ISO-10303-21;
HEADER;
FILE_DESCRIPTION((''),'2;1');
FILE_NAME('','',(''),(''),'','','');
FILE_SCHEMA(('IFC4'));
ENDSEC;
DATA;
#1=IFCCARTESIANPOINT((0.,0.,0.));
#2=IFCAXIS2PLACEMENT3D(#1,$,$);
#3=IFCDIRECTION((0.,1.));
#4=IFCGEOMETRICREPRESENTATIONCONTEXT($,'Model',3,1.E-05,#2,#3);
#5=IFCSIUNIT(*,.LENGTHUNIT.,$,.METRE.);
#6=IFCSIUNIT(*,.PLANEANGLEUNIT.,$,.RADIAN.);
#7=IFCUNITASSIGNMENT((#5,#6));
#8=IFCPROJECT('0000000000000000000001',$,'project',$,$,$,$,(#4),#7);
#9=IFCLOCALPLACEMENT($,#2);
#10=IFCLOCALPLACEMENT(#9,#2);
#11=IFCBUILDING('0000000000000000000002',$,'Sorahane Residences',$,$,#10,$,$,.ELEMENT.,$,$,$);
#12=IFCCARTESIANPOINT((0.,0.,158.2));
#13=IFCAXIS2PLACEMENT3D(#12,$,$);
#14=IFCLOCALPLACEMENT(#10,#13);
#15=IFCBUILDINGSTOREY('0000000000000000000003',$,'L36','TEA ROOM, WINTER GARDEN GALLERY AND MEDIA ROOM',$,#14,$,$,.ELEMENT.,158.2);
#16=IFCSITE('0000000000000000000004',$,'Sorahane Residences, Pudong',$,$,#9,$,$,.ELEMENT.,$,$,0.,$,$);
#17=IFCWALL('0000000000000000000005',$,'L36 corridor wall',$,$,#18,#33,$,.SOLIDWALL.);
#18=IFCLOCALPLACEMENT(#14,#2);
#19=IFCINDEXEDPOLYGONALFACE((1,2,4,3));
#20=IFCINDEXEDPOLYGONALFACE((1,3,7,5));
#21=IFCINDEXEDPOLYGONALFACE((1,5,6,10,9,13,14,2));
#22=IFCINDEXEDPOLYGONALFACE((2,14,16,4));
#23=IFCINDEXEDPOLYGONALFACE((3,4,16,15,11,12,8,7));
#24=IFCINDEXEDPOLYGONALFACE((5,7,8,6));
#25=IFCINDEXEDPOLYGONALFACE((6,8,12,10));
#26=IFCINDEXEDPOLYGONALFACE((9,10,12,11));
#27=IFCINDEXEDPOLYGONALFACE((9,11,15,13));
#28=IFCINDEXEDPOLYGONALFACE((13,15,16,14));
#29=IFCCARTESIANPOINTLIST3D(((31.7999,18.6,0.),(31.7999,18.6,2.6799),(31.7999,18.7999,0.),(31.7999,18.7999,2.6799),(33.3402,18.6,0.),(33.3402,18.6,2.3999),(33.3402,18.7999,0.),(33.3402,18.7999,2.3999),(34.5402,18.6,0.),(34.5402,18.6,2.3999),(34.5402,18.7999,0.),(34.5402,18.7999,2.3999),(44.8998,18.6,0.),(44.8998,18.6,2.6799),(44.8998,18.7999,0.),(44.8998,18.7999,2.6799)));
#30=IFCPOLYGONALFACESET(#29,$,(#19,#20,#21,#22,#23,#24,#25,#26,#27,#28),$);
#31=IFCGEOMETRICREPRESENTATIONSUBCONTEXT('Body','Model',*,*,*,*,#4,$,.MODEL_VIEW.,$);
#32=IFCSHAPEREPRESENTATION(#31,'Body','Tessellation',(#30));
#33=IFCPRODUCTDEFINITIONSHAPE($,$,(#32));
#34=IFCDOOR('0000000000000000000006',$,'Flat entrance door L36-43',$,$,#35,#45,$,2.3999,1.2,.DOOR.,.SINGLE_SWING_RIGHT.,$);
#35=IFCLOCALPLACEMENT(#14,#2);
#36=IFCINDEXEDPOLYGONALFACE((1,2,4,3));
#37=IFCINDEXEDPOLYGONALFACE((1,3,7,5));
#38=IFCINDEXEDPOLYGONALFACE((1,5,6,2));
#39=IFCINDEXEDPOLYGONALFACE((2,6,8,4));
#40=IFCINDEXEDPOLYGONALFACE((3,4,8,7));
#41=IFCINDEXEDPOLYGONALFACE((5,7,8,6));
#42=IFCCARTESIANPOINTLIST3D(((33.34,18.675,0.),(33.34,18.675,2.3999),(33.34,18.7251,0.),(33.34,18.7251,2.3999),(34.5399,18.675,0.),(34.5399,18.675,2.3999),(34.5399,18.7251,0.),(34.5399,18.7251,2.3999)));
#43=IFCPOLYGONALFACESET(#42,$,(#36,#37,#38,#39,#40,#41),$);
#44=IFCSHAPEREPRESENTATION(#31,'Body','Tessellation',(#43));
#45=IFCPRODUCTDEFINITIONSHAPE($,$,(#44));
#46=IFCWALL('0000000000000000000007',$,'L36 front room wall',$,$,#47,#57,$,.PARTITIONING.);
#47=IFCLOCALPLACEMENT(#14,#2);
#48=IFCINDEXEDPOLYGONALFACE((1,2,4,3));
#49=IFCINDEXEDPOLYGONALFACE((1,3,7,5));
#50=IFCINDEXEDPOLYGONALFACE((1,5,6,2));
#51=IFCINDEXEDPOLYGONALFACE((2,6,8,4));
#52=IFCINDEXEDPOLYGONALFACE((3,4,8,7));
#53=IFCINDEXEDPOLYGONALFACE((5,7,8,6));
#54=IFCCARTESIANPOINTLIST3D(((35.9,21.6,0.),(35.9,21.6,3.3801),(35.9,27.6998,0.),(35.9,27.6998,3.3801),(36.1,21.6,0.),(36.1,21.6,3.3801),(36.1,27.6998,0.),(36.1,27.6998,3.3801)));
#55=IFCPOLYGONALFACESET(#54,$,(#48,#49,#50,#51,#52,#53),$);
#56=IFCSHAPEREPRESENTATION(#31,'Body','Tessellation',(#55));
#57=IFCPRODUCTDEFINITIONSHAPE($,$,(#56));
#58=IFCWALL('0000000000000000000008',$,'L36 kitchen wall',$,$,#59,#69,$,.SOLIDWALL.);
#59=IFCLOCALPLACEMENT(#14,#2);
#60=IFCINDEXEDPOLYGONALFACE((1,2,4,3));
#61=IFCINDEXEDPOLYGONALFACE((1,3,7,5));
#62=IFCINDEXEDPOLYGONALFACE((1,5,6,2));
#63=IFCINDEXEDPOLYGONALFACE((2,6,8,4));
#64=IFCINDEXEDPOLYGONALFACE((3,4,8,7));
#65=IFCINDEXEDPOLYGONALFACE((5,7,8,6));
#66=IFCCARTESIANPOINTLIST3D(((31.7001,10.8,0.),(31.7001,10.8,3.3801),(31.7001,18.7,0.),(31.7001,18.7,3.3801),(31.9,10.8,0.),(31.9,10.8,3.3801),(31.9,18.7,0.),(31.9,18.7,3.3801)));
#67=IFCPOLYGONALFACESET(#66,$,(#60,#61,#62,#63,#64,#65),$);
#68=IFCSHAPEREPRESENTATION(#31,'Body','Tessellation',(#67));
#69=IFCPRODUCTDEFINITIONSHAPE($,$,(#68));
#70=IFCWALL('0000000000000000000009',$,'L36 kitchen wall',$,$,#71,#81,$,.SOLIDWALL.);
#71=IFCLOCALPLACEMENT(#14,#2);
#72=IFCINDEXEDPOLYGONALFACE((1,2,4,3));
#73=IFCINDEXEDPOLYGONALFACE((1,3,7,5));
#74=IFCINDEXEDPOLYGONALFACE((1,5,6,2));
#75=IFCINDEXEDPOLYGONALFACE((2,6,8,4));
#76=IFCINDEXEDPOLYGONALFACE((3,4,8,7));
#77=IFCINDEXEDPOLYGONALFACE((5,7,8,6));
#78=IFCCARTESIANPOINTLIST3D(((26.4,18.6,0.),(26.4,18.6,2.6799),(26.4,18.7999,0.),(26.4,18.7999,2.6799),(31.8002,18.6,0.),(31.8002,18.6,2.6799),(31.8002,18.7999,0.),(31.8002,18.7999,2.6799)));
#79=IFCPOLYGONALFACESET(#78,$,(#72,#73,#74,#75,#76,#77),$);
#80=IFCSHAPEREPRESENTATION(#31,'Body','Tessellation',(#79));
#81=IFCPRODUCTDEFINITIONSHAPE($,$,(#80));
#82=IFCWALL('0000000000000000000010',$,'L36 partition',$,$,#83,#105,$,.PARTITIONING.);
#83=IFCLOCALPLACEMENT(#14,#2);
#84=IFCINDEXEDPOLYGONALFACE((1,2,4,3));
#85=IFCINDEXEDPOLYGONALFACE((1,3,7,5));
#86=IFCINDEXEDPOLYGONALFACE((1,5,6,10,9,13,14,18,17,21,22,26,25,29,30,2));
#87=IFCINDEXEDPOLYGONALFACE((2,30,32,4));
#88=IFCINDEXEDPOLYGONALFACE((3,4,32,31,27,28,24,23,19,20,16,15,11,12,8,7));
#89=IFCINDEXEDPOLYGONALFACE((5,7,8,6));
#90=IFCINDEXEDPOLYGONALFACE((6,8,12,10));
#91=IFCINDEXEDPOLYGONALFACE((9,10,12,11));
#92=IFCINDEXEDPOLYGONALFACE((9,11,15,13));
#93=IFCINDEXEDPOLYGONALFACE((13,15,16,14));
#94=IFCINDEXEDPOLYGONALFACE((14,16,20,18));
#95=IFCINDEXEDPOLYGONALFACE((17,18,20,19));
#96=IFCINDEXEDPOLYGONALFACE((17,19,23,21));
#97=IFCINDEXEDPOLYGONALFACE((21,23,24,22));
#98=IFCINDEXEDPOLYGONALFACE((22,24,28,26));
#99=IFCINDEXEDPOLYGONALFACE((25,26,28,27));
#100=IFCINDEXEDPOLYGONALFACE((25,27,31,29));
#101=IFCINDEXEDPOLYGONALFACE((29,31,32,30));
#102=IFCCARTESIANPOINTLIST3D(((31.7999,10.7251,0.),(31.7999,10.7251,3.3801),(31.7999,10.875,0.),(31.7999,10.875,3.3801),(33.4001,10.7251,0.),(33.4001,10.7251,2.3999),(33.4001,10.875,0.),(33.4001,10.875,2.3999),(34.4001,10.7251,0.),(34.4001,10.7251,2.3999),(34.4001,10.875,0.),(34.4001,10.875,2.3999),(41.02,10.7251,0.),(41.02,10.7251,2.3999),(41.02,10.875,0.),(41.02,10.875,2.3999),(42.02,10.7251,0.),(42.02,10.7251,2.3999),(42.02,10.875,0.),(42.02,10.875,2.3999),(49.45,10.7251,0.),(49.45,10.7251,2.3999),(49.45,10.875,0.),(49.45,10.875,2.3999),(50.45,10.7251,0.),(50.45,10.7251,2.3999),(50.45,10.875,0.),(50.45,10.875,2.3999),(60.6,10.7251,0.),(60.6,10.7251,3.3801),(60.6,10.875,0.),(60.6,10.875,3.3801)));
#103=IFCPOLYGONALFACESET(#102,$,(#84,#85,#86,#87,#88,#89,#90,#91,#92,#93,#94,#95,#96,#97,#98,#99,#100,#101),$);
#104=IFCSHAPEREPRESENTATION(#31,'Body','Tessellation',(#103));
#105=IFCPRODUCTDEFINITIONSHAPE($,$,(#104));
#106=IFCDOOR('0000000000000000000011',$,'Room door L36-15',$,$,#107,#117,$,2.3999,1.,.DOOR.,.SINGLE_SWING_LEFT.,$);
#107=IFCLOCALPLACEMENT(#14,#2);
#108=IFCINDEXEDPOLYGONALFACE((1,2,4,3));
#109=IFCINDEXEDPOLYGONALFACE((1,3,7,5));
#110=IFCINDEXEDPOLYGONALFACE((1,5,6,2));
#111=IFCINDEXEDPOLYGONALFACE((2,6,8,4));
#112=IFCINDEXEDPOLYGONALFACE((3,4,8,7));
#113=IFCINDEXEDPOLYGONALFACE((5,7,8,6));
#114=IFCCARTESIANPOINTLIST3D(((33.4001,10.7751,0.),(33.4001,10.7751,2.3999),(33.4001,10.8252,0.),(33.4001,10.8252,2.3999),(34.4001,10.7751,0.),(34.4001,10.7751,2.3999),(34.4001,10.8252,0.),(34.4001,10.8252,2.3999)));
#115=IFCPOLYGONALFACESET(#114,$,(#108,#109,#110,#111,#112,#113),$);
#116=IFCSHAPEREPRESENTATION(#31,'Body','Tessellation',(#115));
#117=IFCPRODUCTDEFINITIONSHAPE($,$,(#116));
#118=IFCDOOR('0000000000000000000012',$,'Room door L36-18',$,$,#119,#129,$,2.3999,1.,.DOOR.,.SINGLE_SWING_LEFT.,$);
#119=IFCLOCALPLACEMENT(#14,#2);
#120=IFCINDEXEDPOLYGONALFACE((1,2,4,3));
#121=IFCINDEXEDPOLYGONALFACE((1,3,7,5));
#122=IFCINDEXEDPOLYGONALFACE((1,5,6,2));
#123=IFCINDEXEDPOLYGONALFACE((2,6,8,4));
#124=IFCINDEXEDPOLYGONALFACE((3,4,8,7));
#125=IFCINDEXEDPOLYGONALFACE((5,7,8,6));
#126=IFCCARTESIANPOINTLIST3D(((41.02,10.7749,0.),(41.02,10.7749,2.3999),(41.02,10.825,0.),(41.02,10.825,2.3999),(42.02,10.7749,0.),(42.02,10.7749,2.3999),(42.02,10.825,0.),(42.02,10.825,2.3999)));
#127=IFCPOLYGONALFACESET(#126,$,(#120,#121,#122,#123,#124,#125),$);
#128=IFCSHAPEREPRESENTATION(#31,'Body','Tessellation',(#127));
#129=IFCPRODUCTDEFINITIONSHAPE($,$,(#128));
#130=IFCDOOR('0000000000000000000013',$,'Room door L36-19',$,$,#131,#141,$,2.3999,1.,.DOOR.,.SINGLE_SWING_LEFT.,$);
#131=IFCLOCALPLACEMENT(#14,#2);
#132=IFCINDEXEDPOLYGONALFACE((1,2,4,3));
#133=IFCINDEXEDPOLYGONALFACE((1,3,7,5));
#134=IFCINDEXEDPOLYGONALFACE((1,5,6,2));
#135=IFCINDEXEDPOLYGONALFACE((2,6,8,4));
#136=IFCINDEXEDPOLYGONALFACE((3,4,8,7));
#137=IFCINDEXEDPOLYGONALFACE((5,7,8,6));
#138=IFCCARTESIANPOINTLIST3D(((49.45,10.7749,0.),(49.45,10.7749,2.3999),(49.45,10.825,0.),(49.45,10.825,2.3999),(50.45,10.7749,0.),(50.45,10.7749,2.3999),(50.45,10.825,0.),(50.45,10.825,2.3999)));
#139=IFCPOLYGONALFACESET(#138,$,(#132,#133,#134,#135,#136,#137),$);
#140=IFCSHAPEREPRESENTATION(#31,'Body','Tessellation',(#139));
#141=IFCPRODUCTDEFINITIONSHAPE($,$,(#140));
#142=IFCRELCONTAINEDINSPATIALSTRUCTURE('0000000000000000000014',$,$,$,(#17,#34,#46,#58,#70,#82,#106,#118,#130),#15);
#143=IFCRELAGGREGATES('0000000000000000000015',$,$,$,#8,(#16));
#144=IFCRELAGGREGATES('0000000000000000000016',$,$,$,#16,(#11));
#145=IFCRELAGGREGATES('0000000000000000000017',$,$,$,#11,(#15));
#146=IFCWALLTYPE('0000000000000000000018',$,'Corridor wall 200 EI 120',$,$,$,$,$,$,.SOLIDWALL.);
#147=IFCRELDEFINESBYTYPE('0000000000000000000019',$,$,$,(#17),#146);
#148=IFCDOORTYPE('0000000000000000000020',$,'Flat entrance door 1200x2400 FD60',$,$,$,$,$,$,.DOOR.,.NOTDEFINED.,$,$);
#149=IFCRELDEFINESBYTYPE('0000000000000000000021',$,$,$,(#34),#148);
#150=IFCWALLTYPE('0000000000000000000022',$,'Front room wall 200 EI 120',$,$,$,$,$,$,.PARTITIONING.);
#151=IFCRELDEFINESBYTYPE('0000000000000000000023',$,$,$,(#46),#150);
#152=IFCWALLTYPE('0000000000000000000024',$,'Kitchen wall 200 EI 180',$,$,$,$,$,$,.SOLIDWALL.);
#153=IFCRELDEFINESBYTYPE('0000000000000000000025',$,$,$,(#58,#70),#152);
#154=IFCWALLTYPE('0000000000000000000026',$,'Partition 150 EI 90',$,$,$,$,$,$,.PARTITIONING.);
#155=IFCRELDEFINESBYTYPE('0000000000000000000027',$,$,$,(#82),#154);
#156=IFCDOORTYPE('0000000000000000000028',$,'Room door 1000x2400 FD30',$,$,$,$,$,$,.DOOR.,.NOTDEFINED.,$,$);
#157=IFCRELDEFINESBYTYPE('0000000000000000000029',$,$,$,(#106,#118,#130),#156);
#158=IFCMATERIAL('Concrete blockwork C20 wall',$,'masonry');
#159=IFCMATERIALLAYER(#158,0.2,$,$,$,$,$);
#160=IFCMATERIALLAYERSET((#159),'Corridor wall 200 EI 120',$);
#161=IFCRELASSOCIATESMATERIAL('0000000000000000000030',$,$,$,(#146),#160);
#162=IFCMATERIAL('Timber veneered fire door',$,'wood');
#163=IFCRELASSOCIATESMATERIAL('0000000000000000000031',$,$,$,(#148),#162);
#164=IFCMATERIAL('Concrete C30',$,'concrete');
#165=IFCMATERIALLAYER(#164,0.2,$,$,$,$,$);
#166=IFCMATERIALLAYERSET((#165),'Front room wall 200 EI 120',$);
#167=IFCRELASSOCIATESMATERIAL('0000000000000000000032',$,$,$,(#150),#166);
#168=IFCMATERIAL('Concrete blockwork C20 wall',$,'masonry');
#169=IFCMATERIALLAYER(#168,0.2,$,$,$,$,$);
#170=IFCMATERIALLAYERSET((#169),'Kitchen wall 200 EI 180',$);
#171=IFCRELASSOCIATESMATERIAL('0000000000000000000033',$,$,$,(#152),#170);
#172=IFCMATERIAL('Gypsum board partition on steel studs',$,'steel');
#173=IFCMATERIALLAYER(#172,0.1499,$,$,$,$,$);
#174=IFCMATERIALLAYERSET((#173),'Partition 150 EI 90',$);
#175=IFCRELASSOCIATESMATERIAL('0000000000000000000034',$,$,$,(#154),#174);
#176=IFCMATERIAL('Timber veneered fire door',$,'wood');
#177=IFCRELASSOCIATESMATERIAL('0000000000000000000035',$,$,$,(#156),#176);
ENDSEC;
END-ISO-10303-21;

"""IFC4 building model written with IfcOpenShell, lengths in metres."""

from ifc_helpers import new_model, si_unit, direction, frame, frame_2d, origin, place, context, subcontext, project, spatial, rectangle, extrude, material, layer, layer_set, type_object, element, fill, save


model = new_model("IFC4")

# Units and contexts
model_context = context("Model", 3, precision=1e-05, world=origin(), true_north=direction((0.0, 1.0)))
body_context = subcontext(model_context, "Body", "Model", "MODEL_VIEW")
ifc_project = project(units=[si_unit("LENGTHUNIT", "METRE"), si_unit("PLANEANGLEUNIT", "RADIAN")], contexts=[model_context])

# Site, building, storey
site_placement = place(None, origin())
site = spatial("IfcSite", under=ifc_project, at=site_placement, Name="Sorahane Residences, Pudong", CompositionType="ELEMENT", RefElevation=0.0)
building_placement = place(site_placement, origin())
building = spatial("IfcBuilding", under=site, at=building_placement, Name="Sorahane Residences", CompositionType="ELEMENT")
storey_placement = place(building_placement, frame((0.0, 0.0, 158.2)))
storey = spatial("IfcBuildingStorey", under=building, at=storey_placement, Name="L36", Description="TEA ROOM, WINTER GARDEN GALLERY AND MEDIA ROOM", CompositionType="ELEMENT", Elevation=158.2)

# Wall, opening, door
ifc_material_1 = material(Name="Concrete blockwork C20 wall", Category="masonry")
ifc_layer_1 = layer(ifc_material_1, 0.2)
ifc_layer_set_1 = layer_set([ifc_layer_1], Name="Corridor wall 200 EI 120")
wall_type_1 = type_object("IfcWallType", Name="Corridor wall 200 EI 120", PredefinedType="SOLIDWALL", material=ifc_layer_set_1)
wall_1_placement = place(storey_placement, frame((31.8, 18.7, 0.0), z_axis=(0.0, 0.0, 1.0), x_axis=(1.0, 0.0, 0.0)))
wall_1 = element("IfcWall", 1, at=wall_1_placement, inside=storey, type_object=wall_type_1, Name="L36 corridor wall", PredefinedType="SOLIDWALL", context=body_context, shape_type="SweptSolid", body=[
    extrude(rectangle(XDim=13.0999, YDim=0.2, at=frame_2d((6.5498, 0.0))), origin(), (0.0, 0.0, 1.0), 2.6799),
])
opening_1_placement = place(wall_1_placement, frame((1.54, 0.0, 0.0)))
opening_1 = element("IfcOpeningElement", 2, at=opening_1_placement, cuts=wall_1, PredefinedType="OPENING", context=body_context, shape_type="SweptSolid", body=[
    extrude(rectangle(XDim=1.2, YDim=2.3999, at=frame_2d((0.6001, 1.2))), frame((0.0, 0.1099, 0.0), z_axis=(0.0, -1.0, 0.0), x_axis=(1.0, 0.0, 0.0)), (0.0, 0.0, 1.0), 0.22),
])
ifc_material_2 = material(Name="Timber veneered fire door", Category="wood")
door_type_1 = type_object("IfcDoorType", Name="Flat entrance door 1200x2400 FD60", OperationType="NOTDEFINED", PredefinedType="DOOR", material=ifc_material_2)
door_1_placement = place(opening_1_placement, frame((1.2, 0.0, 0.0), z_axis=(0.0, 0.0, 1.0), x_axis=(-1.0, 0.0, 0.0)))
door_1 = element("IfcDoor", 3, at=door_1_placement, inside=storey, type_object=door_type_1, Name="Flat entrance door L36-43", OperationType="SINGLE_SWING_RIGHT", OverallHeight=2.3999, OverallWidth=1.2, PredefinedType="DOOR", context=body_context, shape_type="SweptSolid", body=[
    extrude(rectangle(XDim=1.2, YDim=2.3999, at=frame_2d((0.6001, 1.2))), frame((0.0, 0.0249, 0.0), z_axis=(0.0, -1.0, 0.0), x_axis=(1.0, 0.0, 0.0)), (0.0, 0.0, 1.0), 0.05),
])
fill(opening_1, door_1)

# Walls
ifc_material_3 = material(Name="Concrete C30", Category="concrete")
ifc_layer_2 = layer(ifc_material_3, 0.2)
ifc_layer_set_2 = layer_set([ifc_layer_2], Name="Front room wall 200 EI 120")
wall_type_2 = type_object("IfcWallType", Name="Front room wall 200 EI 120", PredefinedType="PARTITIONING", material=ifc_layer_set_2)
wall_2_placement = place(storey_placement, frame((36.0, 21.6001, 0.0), z_axis=(0.0, 0.0, 1.0), x_axis=(0.0, 1.0, 0.0)))
element("IfcWall", 4, at=wall_2_placement, inside=storey, type_object=wall_type_2, Name="L36 front room wall", PredefinedType="PARTITIONING", context=body_context, shape_type="SweptSolid", body=[
    extrude(rectangle(XDim=6.0999, YDim=0.2, at=frame_2d((3.0498, 0.0))), origin(), (0.0, 0.0, 1.0), 3.3801),
])
ifc_material_4 = material(Name="Concrete blockwork C20 wall", Category="masonry")
ifc_layer_3 = layer(ifc_material_4, 0.2)
ifc_layer_set_3 = layer_set([ifc_layer_3], Name="Kitchen wall 200 EI 180")
wall_type_3 = type_object("IfcWallType", Name="Kitchen wall 200 EI 180", PredefinedType="SOLIDWALL", material=ifc_layer_set_3)
wall_3_placement = place(storey_placement, frame((31.8, 10.8, 0.0), z_axis=(0.0, 0.0, 1.0), x_axis=(0.0, 1.0, 0.0)))
element("IfcWall", 5, at=wall_3_placement, inside=storey, type_object=wall_type_3, Name="L36 kitchen wall", PredefinedType="SOLIDWALL", context=body_context, shape_type="SweptSolid", body=[
    extrude(rectangle(XDim=7.8999, YDim=0.2, at=frame_2d((3.95, 0.0))), origin(), (0.0, 0.0, 1.0), 3.3801),
])
wall_4_placement = place(storey_placement, frame((26.3999, 18.7, 0.0), z_axis=(0.0, 0.0, 1.0), x_axis=(1.0, 0.0, 0.0)))
element("IfcWall", 6, at=wall_4_placement, inside=storey, type_object=wall_type_3, Name="L36 kitchen wall", PredefinedType="SOLIDWALL", context=body_context, shape_type="SweptSolid", body=[
    extrude(rectangle(XDim=5.4001, YDim=0.2, at=frame_2d((2.7002, 0.0))), origin(), (0.0, 0.0, 1.0), 2.6799),
])

# Wall, openings, doors
ifc_material_5 = material(Name="Gypsum board partition on steel studs", Category="steel")
ifc_layer_4 = layer(ifc_material_5, 0.1499)
ifc_layer_set_4 = layer_set([ifc_layer_4], Name="Partition 150 EI 90")
wall_type_4 = type_object("IfcWallType", Name="Partition 150 EI 90", PredefinedType="PARTITIONING", material=ifc_layer_set_4)
wall_5_placement = place(storey_placement, frame((31.8, 10.8, 0.0), z_axis=(0.0, 0.0, 1.0), x_axis=(1.0, 0.0, 0.0)))
wall_5 = element("IfcWall", 7, at=wall_5_placement, inside=storey, type_object=wall_type_4, Name="L36 partition", PredefinedType="PARTITIONING", context=body_context, shape_type="SweptSolid", body=[
    extrude(rectangle(XDim=28.8, YDim=0.1499, at=frame_2d((14.3999, 0.0))), origin(), (0.0, 0.0, 1.0), 3.3801),
])
opening_2_placement = place(wall_5_placement, frame((1.6001, 0.0, 0.0)))
opening_2 = element("IfcOpeningElement", 8, at=opening_2_placement, cuts=wall_5, PredefinedType="OPENING", context=body_context, shape_type="SweptSolid", body=[
    extrude(rectangle(XDim=1.0, YDim=2.3999, at=frame_2d((0.5, 1.2))), frame((0.0, 0.085, 0.0), z_axis=(0.0, -1.0, 0.0), x_axis=(1.0, 0.0, 0.0)), (0.0, 0.0, 1.0), 0.1699),
])
opening_3_placement = place(wall_5_placement, frame((9.22, 0.0, 0.0)))
opening_3 = element("IfcOpeningElement", 9, at=opening_3_placement, cuts=wall_5, PredefinedType="OPENING", context=body_context, shape_type="SweptSolid", body=[
    extrude(rectangle(XDim=1.0, YDim=2.3999, at=frame_2d((0.5, 1.2))), frame((0.0, 0.085, 0.0), z_axis=(0.0, -1.0, 0.0), x_axis=(1.0, 0.0, 0.0)), (0.0, 0.0, 1.0), 0.1699),
])
opening_4_placement = place(wall_5_placement, frame((17.6499, 0.0, 0.0)))
opening_4 = element("IfcOpeningElement", 10, at=opening_4_placement, cuts=wall_5, PredefinedType="OPENING", context=body_context, shape_type="SweptSolid", body=[
    extrude(rectangle(XDim=1.0, YDim=2.3999, at=frame_2d((0.5, 1.2))), frame((0.0, 0.085, 0.0), z_axis=(0.0, -1.0, 0.0), x_axis=(1.0, 0.0, 0.0)), (0.0, 0.0, 1.0), 0.1699),
])
ifc_material_6 = material(Name="Timber veneered fire door", Category="wood")
door_type_2 = type_object("IfcDoorType", Name="Room door 1000x2400 FD30", OperationType="NOTDEFINED", PredefinedType="DOOR", material=ifc_material_6)
door_2_placement = place(opening_2_placement, frame((1.0, 0.0, 0.0), z_axis=(0.0, 0.0, 1.0), x_axis=(-1.0, 0.0, 0.0)))
door_2 = element("IfcDoor", 11, at=door_2_placement, inside=storey, type_object=door_type_2, Name="Room door L36-15", OperationType="SINGLE_SWING_LEFT", OverallHeight=2.3999, OverallWidth=1.0, PredefinedType="DOOR", context=body_context, shape_type="SweptSolid", body=[
    extrude(rectangle(XDim=1.0, YDim=2.3999, at=frame_2d((0.5, 1.2))), frame((0.0, 0.0249, 0.0), z_axis=(0.0, -1.0, 0.0), x_axis=(1.0, 0.0, 0.0)), (0.0, 0.0, 1.0), 0.05),
])
fill(opening_2, door_2)
door_3_placement = place(opening_3_placement, origin())
door_3 = element("IfcDoor", 12, at=door_3_placement, inside=storey, type_object=door_type_2, Name="Room door L36-18", OperationType="SINGLE_SWING_LEFT", OverallHeight=2.3999, OverallWidth=1.0, PredefinedType="DOOR", context=body_context, shape_type="SweptSolid", body=[
    extrude(rectangle(XDim=1.0, YDim=2.3999, at=frame_2d((0.5, 1.2))), frame((0.0, 0.0249, 0.0), z_axis=(0.0, -1.0, 0.0), x_axis=(1.0, 0.0, 0.0)), (0.0, 0.0, 1.0), 0.05),
])
fill(opening_3, door_3)
door_4_placement = place(opening_4_placement, origin())
door_4 = element("IfcDoor", 13, at=door_4_placement, inside=storey, type_object=door_type_2, Name="Room door L36-19", OperationType="SINGLE_SWING_LEFT", OverallHeight=2.3999, OverallWidth=1.0, PredefinedType="DOOR", context=body_context, shape_type="SweptSolid", body=[
    extrude(rectangle(XDim=1.0, YDim=2.3999, at=frame_2d((0.5, 1.2))), frame((0.0, 0.0249, 0.0), z_axis=(0.0, -1.0, 0.0), x_axis=(1.0, 0.0, 0.0)), (0.0, 0.0, 1.0), 0.05),
])
fill(opening_4, door_4)

save(model, "model.ifc")
